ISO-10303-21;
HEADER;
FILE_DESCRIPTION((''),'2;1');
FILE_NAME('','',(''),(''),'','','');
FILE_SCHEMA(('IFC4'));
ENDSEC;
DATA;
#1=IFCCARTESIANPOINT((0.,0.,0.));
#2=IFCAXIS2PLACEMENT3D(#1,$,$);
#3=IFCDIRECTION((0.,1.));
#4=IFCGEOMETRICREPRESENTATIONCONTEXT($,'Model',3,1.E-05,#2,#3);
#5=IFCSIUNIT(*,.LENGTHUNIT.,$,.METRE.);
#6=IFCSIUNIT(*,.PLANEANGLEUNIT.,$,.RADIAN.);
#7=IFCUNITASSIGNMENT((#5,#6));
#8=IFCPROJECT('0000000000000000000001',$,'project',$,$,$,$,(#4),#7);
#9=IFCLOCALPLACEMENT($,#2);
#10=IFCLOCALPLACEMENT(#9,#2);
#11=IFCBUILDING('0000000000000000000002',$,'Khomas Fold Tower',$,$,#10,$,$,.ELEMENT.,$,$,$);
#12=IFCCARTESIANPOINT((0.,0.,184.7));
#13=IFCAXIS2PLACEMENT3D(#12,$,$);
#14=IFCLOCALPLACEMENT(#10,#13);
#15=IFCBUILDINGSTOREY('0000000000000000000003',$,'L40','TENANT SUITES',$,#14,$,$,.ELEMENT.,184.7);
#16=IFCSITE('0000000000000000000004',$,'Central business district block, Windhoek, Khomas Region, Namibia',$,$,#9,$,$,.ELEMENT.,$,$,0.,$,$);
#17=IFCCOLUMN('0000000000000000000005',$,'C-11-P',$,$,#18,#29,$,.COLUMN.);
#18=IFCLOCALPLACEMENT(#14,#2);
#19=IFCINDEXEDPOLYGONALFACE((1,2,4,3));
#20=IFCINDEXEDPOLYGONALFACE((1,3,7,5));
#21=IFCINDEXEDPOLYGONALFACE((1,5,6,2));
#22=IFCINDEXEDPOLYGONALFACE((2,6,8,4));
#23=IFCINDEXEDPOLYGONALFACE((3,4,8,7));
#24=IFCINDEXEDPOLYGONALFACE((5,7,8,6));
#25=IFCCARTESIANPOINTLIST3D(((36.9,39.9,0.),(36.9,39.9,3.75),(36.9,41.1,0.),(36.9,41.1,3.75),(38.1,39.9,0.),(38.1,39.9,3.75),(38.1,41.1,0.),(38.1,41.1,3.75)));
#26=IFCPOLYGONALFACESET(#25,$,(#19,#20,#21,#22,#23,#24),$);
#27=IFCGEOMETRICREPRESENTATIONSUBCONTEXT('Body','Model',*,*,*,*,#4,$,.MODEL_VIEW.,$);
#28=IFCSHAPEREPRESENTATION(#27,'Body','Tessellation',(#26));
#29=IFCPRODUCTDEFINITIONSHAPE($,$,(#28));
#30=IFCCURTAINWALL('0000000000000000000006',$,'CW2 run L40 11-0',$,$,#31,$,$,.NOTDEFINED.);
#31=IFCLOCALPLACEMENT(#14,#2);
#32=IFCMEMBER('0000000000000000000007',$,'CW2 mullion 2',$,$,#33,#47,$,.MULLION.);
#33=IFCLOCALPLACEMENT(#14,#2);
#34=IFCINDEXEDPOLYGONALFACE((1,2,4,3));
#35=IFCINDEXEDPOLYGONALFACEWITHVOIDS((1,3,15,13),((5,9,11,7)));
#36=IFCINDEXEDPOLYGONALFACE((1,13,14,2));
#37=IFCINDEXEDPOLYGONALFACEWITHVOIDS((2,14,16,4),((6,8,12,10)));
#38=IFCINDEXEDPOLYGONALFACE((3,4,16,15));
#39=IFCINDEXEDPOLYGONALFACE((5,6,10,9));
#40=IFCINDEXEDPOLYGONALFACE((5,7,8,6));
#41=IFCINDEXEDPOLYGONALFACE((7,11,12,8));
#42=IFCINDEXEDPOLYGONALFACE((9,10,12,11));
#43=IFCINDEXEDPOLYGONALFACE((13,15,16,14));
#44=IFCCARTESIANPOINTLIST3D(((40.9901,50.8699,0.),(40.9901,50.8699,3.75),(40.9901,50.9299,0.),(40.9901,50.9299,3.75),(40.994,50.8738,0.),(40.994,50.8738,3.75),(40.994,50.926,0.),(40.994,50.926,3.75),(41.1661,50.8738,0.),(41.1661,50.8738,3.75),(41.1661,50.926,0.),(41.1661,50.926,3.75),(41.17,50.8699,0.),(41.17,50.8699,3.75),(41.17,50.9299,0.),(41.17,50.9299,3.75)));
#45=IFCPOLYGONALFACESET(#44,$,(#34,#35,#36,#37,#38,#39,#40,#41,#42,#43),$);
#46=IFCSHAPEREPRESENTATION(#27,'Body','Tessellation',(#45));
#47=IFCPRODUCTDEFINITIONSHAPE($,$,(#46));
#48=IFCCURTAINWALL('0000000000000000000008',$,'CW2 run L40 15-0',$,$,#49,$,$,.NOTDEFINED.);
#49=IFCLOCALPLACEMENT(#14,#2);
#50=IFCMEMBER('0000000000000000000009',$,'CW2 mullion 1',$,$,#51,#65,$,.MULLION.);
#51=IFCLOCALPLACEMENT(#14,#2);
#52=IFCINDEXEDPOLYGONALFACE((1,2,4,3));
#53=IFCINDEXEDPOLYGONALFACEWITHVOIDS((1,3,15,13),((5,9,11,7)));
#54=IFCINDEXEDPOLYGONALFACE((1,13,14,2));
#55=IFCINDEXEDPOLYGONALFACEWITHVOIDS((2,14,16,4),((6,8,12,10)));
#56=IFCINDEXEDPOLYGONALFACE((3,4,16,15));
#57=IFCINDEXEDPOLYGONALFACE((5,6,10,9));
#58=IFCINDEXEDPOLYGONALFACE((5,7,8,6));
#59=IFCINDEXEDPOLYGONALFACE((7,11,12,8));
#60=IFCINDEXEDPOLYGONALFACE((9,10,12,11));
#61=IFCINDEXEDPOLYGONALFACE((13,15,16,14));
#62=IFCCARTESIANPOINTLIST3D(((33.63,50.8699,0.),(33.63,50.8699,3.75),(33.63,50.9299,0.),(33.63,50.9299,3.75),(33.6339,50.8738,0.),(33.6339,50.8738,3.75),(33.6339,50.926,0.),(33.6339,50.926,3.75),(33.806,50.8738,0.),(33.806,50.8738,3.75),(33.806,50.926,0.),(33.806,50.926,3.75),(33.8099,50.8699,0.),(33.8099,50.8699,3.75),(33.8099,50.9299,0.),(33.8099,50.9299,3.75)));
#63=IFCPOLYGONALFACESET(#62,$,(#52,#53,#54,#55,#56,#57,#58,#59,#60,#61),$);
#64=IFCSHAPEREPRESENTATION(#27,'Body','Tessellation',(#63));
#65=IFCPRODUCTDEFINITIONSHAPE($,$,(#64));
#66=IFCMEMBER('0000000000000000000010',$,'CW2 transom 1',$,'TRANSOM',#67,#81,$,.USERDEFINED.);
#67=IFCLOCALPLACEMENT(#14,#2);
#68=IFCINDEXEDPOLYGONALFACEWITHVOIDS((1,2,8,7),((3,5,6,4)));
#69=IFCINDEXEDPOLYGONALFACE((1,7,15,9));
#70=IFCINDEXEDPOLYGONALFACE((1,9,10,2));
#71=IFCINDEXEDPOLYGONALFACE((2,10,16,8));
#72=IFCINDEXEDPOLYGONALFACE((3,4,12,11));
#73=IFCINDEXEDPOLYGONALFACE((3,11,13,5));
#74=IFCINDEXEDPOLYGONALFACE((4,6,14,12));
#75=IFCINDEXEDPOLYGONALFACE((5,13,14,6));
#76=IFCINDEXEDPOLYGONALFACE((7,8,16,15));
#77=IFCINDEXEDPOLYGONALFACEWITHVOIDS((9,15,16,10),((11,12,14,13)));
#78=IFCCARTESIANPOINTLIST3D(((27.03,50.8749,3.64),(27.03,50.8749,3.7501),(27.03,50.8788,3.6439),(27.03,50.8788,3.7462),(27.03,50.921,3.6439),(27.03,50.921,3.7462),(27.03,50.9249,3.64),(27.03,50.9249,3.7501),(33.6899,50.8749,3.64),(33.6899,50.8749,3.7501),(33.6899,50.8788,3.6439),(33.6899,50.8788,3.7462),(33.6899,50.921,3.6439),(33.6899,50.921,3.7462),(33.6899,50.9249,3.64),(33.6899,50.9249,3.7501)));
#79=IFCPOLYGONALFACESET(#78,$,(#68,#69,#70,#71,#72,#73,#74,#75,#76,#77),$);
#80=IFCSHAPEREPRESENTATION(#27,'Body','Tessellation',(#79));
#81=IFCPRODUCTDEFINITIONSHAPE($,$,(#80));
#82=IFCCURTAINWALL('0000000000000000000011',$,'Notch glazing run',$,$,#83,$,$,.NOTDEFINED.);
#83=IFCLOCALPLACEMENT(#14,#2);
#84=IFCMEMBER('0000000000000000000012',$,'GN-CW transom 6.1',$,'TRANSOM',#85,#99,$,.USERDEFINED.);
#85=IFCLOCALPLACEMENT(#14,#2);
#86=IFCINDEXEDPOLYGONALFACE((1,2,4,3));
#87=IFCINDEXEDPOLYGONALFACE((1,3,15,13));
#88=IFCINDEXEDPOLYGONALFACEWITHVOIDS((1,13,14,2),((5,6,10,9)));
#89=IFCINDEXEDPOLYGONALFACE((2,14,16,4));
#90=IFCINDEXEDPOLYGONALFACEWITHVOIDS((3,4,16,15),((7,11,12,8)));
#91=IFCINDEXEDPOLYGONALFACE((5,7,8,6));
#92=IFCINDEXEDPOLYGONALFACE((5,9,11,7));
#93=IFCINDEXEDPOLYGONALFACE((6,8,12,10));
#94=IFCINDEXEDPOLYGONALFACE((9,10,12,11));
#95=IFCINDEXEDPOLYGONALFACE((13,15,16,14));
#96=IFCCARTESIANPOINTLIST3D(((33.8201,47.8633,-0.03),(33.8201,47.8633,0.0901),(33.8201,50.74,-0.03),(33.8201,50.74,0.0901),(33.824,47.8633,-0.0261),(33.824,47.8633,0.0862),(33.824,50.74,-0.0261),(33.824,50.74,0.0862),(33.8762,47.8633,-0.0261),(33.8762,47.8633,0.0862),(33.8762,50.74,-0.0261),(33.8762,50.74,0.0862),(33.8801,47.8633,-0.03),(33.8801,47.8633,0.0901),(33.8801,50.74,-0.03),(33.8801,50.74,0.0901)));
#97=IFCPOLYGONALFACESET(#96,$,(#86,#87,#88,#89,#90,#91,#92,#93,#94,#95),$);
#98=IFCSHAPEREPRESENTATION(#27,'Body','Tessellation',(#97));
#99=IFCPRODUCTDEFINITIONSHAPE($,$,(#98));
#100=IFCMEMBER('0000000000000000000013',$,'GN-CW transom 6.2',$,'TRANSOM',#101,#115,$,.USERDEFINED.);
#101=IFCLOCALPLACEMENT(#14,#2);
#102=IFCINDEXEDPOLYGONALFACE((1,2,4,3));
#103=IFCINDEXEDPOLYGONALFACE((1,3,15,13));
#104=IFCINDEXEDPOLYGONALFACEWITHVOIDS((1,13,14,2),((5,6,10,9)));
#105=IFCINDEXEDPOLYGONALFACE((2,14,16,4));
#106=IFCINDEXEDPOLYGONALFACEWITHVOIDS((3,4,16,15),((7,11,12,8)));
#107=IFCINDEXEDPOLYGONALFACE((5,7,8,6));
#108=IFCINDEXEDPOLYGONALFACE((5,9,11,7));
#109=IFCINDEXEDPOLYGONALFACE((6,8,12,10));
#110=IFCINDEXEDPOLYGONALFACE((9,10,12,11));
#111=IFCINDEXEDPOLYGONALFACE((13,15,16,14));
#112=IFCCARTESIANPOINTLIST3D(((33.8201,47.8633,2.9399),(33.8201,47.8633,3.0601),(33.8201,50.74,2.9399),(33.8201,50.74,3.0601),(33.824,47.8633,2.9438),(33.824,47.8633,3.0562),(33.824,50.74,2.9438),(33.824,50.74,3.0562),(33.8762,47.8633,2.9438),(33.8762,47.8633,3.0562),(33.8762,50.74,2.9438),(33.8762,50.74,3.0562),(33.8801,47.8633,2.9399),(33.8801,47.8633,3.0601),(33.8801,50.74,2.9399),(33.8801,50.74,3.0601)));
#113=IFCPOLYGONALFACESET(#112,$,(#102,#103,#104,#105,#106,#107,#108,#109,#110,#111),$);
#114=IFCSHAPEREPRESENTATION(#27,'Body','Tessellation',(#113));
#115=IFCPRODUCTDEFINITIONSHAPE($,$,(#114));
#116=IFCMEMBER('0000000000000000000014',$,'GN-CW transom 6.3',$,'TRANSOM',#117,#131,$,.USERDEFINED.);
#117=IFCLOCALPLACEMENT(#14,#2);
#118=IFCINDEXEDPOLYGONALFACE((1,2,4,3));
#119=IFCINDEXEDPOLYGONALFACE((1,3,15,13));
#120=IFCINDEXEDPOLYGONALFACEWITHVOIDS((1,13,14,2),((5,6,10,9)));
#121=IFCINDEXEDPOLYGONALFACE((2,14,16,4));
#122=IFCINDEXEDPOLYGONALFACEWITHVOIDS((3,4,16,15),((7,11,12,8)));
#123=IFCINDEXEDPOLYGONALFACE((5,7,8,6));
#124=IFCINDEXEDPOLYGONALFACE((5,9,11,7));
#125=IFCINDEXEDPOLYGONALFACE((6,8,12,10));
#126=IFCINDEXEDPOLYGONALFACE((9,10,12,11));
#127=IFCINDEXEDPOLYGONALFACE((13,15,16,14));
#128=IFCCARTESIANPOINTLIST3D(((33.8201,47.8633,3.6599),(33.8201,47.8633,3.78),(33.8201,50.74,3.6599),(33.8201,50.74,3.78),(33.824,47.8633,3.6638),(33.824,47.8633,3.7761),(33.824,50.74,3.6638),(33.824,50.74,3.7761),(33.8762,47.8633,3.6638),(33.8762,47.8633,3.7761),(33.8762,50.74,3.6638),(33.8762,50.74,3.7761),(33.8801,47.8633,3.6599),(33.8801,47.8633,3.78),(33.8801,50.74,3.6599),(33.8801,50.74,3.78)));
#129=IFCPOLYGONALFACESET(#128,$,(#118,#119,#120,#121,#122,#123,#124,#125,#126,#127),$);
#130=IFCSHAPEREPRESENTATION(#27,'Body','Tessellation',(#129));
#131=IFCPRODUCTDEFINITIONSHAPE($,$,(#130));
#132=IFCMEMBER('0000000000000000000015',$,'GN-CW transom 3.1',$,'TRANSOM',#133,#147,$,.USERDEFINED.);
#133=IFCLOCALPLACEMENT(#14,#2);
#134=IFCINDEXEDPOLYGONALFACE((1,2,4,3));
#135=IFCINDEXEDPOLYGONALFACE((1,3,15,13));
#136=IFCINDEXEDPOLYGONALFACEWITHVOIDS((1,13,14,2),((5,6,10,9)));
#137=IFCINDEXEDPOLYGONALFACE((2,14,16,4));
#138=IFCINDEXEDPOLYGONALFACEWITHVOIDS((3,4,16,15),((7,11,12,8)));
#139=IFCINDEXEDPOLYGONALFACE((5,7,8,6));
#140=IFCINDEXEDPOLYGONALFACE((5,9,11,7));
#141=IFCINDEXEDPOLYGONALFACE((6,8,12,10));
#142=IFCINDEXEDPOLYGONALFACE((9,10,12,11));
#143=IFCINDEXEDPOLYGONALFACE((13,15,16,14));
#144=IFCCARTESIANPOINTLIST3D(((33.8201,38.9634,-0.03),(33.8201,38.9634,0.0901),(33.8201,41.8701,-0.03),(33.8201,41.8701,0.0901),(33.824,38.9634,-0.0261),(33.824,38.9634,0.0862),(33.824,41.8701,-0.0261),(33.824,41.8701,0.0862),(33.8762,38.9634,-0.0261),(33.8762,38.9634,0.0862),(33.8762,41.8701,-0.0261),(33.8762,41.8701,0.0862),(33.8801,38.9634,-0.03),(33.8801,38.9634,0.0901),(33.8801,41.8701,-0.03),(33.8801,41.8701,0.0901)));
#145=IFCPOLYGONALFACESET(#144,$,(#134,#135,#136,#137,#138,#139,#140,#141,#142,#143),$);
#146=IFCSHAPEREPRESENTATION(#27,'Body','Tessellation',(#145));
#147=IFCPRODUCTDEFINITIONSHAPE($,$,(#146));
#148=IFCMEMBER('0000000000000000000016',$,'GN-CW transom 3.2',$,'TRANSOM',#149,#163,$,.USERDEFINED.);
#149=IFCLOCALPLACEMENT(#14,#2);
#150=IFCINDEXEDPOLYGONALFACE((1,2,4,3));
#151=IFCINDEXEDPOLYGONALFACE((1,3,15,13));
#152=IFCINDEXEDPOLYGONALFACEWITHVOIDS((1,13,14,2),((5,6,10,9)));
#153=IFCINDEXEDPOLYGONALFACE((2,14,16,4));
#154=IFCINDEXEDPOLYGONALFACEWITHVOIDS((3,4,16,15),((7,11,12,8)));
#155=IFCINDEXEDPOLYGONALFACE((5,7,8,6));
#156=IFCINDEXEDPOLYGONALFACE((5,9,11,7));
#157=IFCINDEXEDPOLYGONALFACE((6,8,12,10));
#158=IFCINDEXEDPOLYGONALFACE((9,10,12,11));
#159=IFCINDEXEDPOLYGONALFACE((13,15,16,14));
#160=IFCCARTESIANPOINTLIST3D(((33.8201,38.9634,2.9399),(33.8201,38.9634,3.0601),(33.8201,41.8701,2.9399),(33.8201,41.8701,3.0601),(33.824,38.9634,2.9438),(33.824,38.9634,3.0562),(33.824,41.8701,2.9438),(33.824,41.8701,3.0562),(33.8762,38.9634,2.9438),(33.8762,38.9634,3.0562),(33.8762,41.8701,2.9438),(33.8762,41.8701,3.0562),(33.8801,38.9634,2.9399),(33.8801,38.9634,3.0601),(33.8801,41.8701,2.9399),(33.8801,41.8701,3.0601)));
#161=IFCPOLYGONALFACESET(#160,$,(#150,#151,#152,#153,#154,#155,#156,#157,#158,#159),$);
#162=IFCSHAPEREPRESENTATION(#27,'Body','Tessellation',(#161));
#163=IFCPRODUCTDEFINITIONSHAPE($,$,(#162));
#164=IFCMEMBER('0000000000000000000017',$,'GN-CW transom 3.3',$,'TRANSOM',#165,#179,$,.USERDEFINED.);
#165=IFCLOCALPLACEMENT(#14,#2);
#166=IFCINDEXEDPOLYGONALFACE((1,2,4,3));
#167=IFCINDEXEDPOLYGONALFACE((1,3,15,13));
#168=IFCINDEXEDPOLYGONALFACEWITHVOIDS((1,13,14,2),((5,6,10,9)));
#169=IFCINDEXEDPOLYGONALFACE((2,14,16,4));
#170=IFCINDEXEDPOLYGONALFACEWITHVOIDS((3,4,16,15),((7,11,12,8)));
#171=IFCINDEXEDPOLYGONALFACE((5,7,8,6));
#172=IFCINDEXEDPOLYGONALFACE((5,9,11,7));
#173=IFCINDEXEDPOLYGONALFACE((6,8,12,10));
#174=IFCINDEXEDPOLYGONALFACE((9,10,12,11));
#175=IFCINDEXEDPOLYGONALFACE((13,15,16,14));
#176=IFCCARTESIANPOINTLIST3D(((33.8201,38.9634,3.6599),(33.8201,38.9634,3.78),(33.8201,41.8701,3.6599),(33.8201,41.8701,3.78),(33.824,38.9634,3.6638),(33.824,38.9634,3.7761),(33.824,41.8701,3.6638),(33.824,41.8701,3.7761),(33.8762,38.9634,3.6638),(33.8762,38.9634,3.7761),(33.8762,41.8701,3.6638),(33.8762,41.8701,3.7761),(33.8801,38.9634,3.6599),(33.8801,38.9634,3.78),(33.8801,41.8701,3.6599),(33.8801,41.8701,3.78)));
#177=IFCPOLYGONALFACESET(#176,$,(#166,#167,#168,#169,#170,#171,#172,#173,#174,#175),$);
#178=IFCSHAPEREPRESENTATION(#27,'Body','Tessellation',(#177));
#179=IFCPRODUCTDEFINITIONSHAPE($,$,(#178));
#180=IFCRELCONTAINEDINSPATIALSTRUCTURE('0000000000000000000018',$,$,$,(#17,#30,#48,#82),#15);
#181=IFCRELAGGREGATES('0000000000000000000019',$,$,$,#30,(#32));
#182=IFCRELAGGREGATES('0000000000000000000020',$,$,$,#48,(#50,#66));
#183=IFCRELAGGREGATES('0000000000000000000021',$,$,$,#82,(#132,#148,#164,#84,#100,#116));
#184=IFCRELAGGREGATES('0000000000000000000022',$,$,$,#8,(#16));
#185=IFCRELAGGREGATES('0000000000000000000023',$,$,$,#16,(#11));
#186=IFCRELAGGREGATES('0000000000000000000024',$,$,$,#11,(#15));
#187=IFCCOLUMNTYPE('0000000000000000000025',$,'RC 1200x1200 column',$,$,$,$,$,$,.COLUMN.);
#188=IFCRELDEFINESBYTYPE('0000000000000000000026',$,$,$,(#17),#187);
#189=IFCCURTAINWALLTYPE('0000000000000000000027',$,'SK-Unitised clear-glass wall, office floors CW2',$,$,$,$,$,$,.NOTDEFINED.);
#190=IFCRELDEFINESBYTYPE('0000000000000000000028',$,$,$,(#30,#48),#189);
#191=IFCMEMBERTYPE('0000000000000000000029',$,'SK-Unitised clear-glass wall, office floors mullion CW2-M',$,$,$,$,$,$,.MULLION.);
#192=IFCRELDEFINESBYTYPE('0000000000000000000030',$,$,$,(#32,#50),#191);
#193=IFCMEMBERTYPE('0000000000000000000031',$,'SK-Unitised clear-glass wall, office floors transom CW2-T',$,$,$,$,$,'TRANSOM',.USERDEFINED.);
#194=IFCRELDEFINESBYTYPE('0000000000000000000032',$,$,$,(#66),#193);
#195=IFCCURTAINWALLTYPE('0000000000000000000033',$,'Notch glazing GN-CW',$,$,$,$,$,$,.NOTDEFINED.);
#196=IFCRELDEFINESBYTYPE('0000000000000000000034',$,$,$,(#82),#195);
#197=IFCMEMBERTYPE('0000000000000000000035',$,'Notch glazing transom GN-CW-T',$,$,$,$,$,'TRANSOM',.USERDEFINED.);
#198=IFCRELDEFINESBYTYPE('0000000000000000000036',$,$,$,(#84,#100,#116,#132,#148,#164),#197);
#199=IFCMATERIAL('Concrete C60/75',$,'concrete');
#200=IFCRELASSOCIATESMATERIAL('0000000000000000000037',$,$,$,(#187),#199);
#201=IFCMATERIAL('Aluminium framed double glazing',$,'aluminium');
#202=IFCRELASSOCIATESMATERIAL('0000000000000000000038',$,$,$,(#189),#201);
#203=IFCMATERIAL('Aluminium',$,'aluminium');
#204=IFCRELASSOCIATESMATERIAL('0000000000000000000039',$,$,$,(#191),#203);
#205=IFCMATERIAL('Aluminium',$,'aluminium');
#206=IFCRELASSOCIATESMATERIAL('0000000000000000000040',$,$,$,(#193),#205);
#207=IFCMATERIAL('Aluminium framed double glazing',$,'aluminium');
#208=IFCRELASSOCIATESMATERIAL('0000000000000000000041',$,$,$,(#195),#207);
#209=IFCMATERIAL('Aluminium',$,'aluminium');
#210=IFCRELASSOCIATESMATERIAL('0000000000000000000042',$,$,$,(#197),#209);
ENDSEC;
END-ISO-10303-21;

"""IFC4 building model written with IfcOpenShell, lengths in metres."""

from ifc_helpers import new_model, si_unit, direction, frame, origin, origin_2d, place, context, subcontext, project, spatial, rectangle, hollow_rectangle, extrude, source, transform, mapped, material, material_profile, profile_set, type_object, element, aggregate, save


model = new_model("IFC4")

# Units and contexts
model_context = context("Model", 3, precision=1e-05, world=origin(), true_north=direction((0.0, 1.0)))
body_context = subcontext(model_context, "Body", "Model", "MODEL_VIEW")
ifc_project = project(units=[si_unit("LENGTHUNIT", "METRE"), si_unit("PLANEANGLEUNIT", "RADIAN")], contexts=[model_context])

# Site, building, storey
site_placement = place(None, origin())
site = spatial("IfcSite", under=ifc_project, at=site_placement, Name="Central business district block, Windhoek, Khomas Region, Namibia", CompositionType="ELEMENT", RefElevation=0.0)
building_placement = place(site_placement, origin())
building = spatial("IfcBuilding", under=site, at=building_placement, Name="Khomas Fold Tower", CompositionType="ELEMENT")
storey_placement = place(building_placement, frame((0.0, 0.0, 184.7)))
storey = spatial("IfcBuildingStorey", under=building, at=storey_placement, Name="L40", Description="TENANT SUITES", CompositionType="ELEMENT", Elevation=184.7)

# Column
ifc_material_1 = material(Name="Concrete C60/75", Category="concrete")
ifc_material_profile_1 = material_profile(ifc_material_1, rectangle(XDim=1.2, YDim=1.2, at=origin_2d()), Name="RC 1200x1200")
ifc_profile_set_1 = profile_set([ifc_material_profile_1], Name="Concrete C60/75")
column_type = type_object("IfcColumnType", Name="RC 1200x1200 column", PredefinedType="COLUMN", material=ifc_profile_set_1)
shared_shape_1 = source(origin(), body_context, "Body", "SweptSolid", [
    extrude(rectangle(XDim=1.2, YDim=1.2, at=origin_2d()), origin(), (0.0, 0.0, 1.0), 3.75),
])
column_placement = place(storey_placement, frame((37.5, 40.5, 0.0), z_axis=(0.0, 0.0, 1.0), x_axis=(1.0, 0.0, 0.0)))
element("IfcColumn", 1, at=column_placement, inside=storey, type_object=column_type, Name="C-11-P", PredefinedType="COLUMN", context=body_context, shape_type="MappedRepresentation", body=[
    mapped(shared_shape_1, transform((0.0, 0.0, 0.0))),
])

# Curtain wall, member
ifc_material_2 = material(Name="Aluminium framed double glazing", Category="aluminium")
curtain_wall_type_1 = type_object("IfcCurtainWallType", Name="SK-Unitised clear-glass wall, office floors CW2", PredefinedType="NOTDEFINED", material=ifc_material_2)
curtain_wall_1_placement = place(storey_placement, origin())
curtain_wall_1 = element("IfcCurtainWall", 2, at=curtain_wall_1_placement, inside=storey, type_object=curtain_wall_type_1, Name="CW2 run L40 11-0", PredefinedType="NOTDEFINED")
ifc_material_3 = material(Name="Aluminium", Category="aluminium")
ifc_material_profile_2 = material_profile(ifc_material_3, hollow_rectangle(XDim=0.0601, YDim=0.1799, WallThickness=0.0039, at=origin_2d()), Name="SK-Unitised clear-glass wall, office floors mullion CW2-M")
ifc_profile_set_2 = profile_set([ifc_material_profile_2], Name="Aluminium")
member_type_1 = type_object("IfcMemberType", Name="SK-Unitised clear-glass wall, office floors mullion CW2-M", PredefinedType="MULLION", material=ifc_profile_set_2)
shared_shape_2 = source(origin(), body_context, "Body", "SweptSolid", [
    extrude(hollow_rectangle(XDim=0.0601, YDim=0.1799, WallThickness=0.0039, at=origin_2d()), origin(), (0.0, 0.0, 1.0), 3.75),
])
member_1_placement = place(storey_placement, frame((41.0801, 50.8999, 0.0), z_axis=(0.0, 0.0, 1.0), x_axis=(0.0, -1.0, 0.0)))
member_1 = element("IfcMember", 3, at=member_1_placement, type_object=member_type_1, Name="CW2 mullion 2", PredefinedType="MULLION", context=body_context, shape_type="MappedRepresentation", body=[
    mapped(shared_shape_2, transform((0.0, 0.0, 0.0))),
])
aggregate(curtain_wall_1, [member_1])

# Curtain walls, members
curtain_wall_2_placement = place(storey_placement, origin())
curtain_wall_2 = element("IfcCurtainWall", 4, at=curtain_wall_2_placement, inside=storey, type_object=curtain_wall_type_1, Name="CW2 run L40 15-0", PredefinedType="NOTDEFINED")
member_2_placement = place(storey_placement, frame((33.72, 50.8999, 0.0), z_axis=(0.0, 0.0, 1.0), x_axis=(0.0, -1.0, 0.0)))
member_2 = element("IfcMember", 5, at=member_2_placement, type_object=member_type_1, Name="CW2 mullion 1", PredefinedType="MULLION", context=body_context, shape_type="MappedRepresentation", body=[
    mapped(shared_shape_2, transform((0.0, 0.0, 0.0))),
])
ifc_material_4 = material(Name="Aluminium", Category="aluminium")
ifc_material_profile_3 = material_profile(ifc_material_4, hollow_rectangle(XDim=0.05, YDim=0.1101, WallThickness=0.0039, at=origin_2d()), Name="SK-Unitised clear-glass wall, office floors transom CW2-T")
ifc_profile_set_3 = profile_set([ifc_material_profile_3], Name="Aluminium")
member_type_2 = type_object("IfcMemberType", Name="SK-Unitised clear-glass wall, office floors transom CW2-T", ElementType="TRANSOM", PredefinedType="USERDEFINED", material=ifc_profile_set_3)
shared_shape_3 = source(origin(), body_context, "Body", "SweptSolid", [
    extrude(hollow_rectangle(XDim=0.05, YDim=0.1101, WallThickness=0.0039, at=origin_2d()), origin(), (0.0, 0.0, 1.0), 6.6599),
])
member_3_placement = place(storey_placement, frame((33.6899, 50.8999, 3.6951), z_axis=(-1.0, 0.0, 0.0), x_axis=(0.0, -1.0, 0.0)))
member_3 = element("IfcMember", 6, at=member_3_placement, type_object=member_type_2, Name="CW2 transom 1", ObjectType="TRANSOM", PredefinedType="USERDEFINED", context=body_context, shape_type="MappedRepresentation", body=[
    mapped(shared_shape_3, transform((0.0, 0.0, 0.0))),
])
ifc_material_5 = material(Name="Aluminium framed double glazing", Category="aluminium")
curtain_wall_type_2 = type_object("IfcCurtainWallType", Name="Notch glazing GN-CW", PredefinedType="NOTDEFINED", material=ifc_material_5)
curtain_wall_3_placement = place(storey_placement, origin())
curtain_wall_3 = element("IfcCurtainWall", 7, at=curtain_wall_3_placement, inside=storey, type_object=curtain_wall_type_2, Name="Notch glazing run", PredefinedType="NOTDEFINED")
ifc_material_6 = material(Name="Aluminium", Category="aluminium")
ifc_material_profile_4 = material_profile(ifc_material_6, hollow_rectangle(XDim=0.0601, YDim=0.1201, WallThickness=0.0039, at=origin_2d()), Name="Notch glazing transom GN-CW-T")
ifc_profile_set_4 = profile_set([ifc_material_profile_4], Name="Aluminium")
member_type_3 = type_object("IfcMemberType", Name="Notch glazing transom GN-CW-T", ElementType="TRANSOM", PredefinedType="USERDEFINED", material=ifc_profile_set_4)
shared_shape_4 = source(origin(), body_context, "Body", "SweptSolid", [
    extrude(hollow_rectangle(XDim=0.0601, YDim=0.1201, WallThickness=0.0039, at=origin_2d()), origin(), (0.0, 0.0, 1.0), 2.8767),
])
member_4_placement = place(storey_placement, frame((33.8501, 47.8633, 0.03), z_axis=(0.0, 1.0, 0.0), x_axis=(-1.0, 0.0, 0.0)))
member_4 = element("IfcMember", 8, at=member_4_placement, type_object=member_type_3, Name="GN-CW transom 6.1", ObjectType="TRANSOM", PredefinedType="USERDEFINED", context=body_context, shape_type="MappedRepresentation", body=[
    mapped(shared_shape_4, transform((0.0, 0.0, 0.0))),
])
member_5_placement = place(storey_placement, frame((33.8501, 47.8633, 3.0), z_axis=(0.0, 1.0, 0.0), x_axis=(-1.0, 0.0, 0.0)))
member_5 = element("IfcMember", 9, at=member_5_placement, type_object=member_type_3, Name="GN-CW transom 6.2", ObjectType="TRANSOM", PredefinedType="USERDEFINED", context=body_context, shape_type="MappedRepresentation", body=[
    mapped(shared_shape_4, transform((0.0, 0.0, 0.0))),
])
member_6_placement = place(storey_placement, frame((33.8501, 47.8633, 3.72), z_axis=(0.0, 1.0, 0.0), x_axis=(-1.0, 0.0, 0.0)))
member_6 = element("IfcMember", 10, at=member_6_placement, type_object=member_type_3, Name="GN-CW transom 6.3", ObjectType="TRANSOM", PredefinedType="USERDEFINED", context=body_context, shape_type="MappedRepresentation", body=[
    mapped(shared_shape_4, transform((0.0, 0.0, 0.0))),
])
shared_shape_5 = source(origin(), body_context, "Body", "SweptSolid", [
    extrude(hollow_rectangle(XDim=0.0601, YDim=0.1201, WallThickness=0.0039, at=origin_2d()), origin(), (0.0, 0.0, 1.0), 2.9067),
])
member_7_placement = place(storey_placement, frame((33.8501, 38.9634, 0.03), z_axis=(0.0, 1.0, 0.0), x_axis=(-1.0, 0.0, 0.0)))
member_7 = element("IfcMember", 11, at=member_7_placement, type_object=member_type_3, Name="GN-CW transom 3.1", ObjectType="TRANSOM", PredefinedType="USERDEFINED", context=body_context, shape_type="MappedRepresentation", body=[
    mapped(shared_shape_5, transform((0.0, 0.0, 0.0))),
])
member_8_placement = place(storey_placement, frame((33.8501, 38.9634, 3.0), z_axis=(0.0, 1.0, 0.0), x_axis=(-1.0, 0.0, 0.0)))
member_8 = element("IfcMember", 12, at=member_8_placement, type_object=member_type_3, Name="GN-CW transom 3.2", ObjectType="TRANSOM", PredefinedType="USERDEFINED", context=body_context, shape_type="MappedRepresentation", body=[
    mapped(shared_shape_5, transform((0.0, 0.0, 0.0))),
])
member_9_placement = place(storey_placement, frame((33.8501, 38.9634, 3.72), z_axis=(0.0, 1.0, 0.0), x_axis=(-1.0, 0.0, 0.0)))
member_9 = element("IfcMember", 13, at=member_9_placement, type_object=member_type_3, Name="GN-CW transom 3.3", ObjectType="TRANSOM", PredefinedType="USERDEFINED", context=body_context, shape_type="MappedRepresentation", body=[
    mapped(shared_shape_5, transform((0.0, 0.0, 0.0))),
])

aggregate(curtain_wall_2, [member_2, member_3])

aggregate(curtain_wall_3, [member_7, member_8, member_9, member_4, member_5, member_6])

save(model, "model.ifc")
